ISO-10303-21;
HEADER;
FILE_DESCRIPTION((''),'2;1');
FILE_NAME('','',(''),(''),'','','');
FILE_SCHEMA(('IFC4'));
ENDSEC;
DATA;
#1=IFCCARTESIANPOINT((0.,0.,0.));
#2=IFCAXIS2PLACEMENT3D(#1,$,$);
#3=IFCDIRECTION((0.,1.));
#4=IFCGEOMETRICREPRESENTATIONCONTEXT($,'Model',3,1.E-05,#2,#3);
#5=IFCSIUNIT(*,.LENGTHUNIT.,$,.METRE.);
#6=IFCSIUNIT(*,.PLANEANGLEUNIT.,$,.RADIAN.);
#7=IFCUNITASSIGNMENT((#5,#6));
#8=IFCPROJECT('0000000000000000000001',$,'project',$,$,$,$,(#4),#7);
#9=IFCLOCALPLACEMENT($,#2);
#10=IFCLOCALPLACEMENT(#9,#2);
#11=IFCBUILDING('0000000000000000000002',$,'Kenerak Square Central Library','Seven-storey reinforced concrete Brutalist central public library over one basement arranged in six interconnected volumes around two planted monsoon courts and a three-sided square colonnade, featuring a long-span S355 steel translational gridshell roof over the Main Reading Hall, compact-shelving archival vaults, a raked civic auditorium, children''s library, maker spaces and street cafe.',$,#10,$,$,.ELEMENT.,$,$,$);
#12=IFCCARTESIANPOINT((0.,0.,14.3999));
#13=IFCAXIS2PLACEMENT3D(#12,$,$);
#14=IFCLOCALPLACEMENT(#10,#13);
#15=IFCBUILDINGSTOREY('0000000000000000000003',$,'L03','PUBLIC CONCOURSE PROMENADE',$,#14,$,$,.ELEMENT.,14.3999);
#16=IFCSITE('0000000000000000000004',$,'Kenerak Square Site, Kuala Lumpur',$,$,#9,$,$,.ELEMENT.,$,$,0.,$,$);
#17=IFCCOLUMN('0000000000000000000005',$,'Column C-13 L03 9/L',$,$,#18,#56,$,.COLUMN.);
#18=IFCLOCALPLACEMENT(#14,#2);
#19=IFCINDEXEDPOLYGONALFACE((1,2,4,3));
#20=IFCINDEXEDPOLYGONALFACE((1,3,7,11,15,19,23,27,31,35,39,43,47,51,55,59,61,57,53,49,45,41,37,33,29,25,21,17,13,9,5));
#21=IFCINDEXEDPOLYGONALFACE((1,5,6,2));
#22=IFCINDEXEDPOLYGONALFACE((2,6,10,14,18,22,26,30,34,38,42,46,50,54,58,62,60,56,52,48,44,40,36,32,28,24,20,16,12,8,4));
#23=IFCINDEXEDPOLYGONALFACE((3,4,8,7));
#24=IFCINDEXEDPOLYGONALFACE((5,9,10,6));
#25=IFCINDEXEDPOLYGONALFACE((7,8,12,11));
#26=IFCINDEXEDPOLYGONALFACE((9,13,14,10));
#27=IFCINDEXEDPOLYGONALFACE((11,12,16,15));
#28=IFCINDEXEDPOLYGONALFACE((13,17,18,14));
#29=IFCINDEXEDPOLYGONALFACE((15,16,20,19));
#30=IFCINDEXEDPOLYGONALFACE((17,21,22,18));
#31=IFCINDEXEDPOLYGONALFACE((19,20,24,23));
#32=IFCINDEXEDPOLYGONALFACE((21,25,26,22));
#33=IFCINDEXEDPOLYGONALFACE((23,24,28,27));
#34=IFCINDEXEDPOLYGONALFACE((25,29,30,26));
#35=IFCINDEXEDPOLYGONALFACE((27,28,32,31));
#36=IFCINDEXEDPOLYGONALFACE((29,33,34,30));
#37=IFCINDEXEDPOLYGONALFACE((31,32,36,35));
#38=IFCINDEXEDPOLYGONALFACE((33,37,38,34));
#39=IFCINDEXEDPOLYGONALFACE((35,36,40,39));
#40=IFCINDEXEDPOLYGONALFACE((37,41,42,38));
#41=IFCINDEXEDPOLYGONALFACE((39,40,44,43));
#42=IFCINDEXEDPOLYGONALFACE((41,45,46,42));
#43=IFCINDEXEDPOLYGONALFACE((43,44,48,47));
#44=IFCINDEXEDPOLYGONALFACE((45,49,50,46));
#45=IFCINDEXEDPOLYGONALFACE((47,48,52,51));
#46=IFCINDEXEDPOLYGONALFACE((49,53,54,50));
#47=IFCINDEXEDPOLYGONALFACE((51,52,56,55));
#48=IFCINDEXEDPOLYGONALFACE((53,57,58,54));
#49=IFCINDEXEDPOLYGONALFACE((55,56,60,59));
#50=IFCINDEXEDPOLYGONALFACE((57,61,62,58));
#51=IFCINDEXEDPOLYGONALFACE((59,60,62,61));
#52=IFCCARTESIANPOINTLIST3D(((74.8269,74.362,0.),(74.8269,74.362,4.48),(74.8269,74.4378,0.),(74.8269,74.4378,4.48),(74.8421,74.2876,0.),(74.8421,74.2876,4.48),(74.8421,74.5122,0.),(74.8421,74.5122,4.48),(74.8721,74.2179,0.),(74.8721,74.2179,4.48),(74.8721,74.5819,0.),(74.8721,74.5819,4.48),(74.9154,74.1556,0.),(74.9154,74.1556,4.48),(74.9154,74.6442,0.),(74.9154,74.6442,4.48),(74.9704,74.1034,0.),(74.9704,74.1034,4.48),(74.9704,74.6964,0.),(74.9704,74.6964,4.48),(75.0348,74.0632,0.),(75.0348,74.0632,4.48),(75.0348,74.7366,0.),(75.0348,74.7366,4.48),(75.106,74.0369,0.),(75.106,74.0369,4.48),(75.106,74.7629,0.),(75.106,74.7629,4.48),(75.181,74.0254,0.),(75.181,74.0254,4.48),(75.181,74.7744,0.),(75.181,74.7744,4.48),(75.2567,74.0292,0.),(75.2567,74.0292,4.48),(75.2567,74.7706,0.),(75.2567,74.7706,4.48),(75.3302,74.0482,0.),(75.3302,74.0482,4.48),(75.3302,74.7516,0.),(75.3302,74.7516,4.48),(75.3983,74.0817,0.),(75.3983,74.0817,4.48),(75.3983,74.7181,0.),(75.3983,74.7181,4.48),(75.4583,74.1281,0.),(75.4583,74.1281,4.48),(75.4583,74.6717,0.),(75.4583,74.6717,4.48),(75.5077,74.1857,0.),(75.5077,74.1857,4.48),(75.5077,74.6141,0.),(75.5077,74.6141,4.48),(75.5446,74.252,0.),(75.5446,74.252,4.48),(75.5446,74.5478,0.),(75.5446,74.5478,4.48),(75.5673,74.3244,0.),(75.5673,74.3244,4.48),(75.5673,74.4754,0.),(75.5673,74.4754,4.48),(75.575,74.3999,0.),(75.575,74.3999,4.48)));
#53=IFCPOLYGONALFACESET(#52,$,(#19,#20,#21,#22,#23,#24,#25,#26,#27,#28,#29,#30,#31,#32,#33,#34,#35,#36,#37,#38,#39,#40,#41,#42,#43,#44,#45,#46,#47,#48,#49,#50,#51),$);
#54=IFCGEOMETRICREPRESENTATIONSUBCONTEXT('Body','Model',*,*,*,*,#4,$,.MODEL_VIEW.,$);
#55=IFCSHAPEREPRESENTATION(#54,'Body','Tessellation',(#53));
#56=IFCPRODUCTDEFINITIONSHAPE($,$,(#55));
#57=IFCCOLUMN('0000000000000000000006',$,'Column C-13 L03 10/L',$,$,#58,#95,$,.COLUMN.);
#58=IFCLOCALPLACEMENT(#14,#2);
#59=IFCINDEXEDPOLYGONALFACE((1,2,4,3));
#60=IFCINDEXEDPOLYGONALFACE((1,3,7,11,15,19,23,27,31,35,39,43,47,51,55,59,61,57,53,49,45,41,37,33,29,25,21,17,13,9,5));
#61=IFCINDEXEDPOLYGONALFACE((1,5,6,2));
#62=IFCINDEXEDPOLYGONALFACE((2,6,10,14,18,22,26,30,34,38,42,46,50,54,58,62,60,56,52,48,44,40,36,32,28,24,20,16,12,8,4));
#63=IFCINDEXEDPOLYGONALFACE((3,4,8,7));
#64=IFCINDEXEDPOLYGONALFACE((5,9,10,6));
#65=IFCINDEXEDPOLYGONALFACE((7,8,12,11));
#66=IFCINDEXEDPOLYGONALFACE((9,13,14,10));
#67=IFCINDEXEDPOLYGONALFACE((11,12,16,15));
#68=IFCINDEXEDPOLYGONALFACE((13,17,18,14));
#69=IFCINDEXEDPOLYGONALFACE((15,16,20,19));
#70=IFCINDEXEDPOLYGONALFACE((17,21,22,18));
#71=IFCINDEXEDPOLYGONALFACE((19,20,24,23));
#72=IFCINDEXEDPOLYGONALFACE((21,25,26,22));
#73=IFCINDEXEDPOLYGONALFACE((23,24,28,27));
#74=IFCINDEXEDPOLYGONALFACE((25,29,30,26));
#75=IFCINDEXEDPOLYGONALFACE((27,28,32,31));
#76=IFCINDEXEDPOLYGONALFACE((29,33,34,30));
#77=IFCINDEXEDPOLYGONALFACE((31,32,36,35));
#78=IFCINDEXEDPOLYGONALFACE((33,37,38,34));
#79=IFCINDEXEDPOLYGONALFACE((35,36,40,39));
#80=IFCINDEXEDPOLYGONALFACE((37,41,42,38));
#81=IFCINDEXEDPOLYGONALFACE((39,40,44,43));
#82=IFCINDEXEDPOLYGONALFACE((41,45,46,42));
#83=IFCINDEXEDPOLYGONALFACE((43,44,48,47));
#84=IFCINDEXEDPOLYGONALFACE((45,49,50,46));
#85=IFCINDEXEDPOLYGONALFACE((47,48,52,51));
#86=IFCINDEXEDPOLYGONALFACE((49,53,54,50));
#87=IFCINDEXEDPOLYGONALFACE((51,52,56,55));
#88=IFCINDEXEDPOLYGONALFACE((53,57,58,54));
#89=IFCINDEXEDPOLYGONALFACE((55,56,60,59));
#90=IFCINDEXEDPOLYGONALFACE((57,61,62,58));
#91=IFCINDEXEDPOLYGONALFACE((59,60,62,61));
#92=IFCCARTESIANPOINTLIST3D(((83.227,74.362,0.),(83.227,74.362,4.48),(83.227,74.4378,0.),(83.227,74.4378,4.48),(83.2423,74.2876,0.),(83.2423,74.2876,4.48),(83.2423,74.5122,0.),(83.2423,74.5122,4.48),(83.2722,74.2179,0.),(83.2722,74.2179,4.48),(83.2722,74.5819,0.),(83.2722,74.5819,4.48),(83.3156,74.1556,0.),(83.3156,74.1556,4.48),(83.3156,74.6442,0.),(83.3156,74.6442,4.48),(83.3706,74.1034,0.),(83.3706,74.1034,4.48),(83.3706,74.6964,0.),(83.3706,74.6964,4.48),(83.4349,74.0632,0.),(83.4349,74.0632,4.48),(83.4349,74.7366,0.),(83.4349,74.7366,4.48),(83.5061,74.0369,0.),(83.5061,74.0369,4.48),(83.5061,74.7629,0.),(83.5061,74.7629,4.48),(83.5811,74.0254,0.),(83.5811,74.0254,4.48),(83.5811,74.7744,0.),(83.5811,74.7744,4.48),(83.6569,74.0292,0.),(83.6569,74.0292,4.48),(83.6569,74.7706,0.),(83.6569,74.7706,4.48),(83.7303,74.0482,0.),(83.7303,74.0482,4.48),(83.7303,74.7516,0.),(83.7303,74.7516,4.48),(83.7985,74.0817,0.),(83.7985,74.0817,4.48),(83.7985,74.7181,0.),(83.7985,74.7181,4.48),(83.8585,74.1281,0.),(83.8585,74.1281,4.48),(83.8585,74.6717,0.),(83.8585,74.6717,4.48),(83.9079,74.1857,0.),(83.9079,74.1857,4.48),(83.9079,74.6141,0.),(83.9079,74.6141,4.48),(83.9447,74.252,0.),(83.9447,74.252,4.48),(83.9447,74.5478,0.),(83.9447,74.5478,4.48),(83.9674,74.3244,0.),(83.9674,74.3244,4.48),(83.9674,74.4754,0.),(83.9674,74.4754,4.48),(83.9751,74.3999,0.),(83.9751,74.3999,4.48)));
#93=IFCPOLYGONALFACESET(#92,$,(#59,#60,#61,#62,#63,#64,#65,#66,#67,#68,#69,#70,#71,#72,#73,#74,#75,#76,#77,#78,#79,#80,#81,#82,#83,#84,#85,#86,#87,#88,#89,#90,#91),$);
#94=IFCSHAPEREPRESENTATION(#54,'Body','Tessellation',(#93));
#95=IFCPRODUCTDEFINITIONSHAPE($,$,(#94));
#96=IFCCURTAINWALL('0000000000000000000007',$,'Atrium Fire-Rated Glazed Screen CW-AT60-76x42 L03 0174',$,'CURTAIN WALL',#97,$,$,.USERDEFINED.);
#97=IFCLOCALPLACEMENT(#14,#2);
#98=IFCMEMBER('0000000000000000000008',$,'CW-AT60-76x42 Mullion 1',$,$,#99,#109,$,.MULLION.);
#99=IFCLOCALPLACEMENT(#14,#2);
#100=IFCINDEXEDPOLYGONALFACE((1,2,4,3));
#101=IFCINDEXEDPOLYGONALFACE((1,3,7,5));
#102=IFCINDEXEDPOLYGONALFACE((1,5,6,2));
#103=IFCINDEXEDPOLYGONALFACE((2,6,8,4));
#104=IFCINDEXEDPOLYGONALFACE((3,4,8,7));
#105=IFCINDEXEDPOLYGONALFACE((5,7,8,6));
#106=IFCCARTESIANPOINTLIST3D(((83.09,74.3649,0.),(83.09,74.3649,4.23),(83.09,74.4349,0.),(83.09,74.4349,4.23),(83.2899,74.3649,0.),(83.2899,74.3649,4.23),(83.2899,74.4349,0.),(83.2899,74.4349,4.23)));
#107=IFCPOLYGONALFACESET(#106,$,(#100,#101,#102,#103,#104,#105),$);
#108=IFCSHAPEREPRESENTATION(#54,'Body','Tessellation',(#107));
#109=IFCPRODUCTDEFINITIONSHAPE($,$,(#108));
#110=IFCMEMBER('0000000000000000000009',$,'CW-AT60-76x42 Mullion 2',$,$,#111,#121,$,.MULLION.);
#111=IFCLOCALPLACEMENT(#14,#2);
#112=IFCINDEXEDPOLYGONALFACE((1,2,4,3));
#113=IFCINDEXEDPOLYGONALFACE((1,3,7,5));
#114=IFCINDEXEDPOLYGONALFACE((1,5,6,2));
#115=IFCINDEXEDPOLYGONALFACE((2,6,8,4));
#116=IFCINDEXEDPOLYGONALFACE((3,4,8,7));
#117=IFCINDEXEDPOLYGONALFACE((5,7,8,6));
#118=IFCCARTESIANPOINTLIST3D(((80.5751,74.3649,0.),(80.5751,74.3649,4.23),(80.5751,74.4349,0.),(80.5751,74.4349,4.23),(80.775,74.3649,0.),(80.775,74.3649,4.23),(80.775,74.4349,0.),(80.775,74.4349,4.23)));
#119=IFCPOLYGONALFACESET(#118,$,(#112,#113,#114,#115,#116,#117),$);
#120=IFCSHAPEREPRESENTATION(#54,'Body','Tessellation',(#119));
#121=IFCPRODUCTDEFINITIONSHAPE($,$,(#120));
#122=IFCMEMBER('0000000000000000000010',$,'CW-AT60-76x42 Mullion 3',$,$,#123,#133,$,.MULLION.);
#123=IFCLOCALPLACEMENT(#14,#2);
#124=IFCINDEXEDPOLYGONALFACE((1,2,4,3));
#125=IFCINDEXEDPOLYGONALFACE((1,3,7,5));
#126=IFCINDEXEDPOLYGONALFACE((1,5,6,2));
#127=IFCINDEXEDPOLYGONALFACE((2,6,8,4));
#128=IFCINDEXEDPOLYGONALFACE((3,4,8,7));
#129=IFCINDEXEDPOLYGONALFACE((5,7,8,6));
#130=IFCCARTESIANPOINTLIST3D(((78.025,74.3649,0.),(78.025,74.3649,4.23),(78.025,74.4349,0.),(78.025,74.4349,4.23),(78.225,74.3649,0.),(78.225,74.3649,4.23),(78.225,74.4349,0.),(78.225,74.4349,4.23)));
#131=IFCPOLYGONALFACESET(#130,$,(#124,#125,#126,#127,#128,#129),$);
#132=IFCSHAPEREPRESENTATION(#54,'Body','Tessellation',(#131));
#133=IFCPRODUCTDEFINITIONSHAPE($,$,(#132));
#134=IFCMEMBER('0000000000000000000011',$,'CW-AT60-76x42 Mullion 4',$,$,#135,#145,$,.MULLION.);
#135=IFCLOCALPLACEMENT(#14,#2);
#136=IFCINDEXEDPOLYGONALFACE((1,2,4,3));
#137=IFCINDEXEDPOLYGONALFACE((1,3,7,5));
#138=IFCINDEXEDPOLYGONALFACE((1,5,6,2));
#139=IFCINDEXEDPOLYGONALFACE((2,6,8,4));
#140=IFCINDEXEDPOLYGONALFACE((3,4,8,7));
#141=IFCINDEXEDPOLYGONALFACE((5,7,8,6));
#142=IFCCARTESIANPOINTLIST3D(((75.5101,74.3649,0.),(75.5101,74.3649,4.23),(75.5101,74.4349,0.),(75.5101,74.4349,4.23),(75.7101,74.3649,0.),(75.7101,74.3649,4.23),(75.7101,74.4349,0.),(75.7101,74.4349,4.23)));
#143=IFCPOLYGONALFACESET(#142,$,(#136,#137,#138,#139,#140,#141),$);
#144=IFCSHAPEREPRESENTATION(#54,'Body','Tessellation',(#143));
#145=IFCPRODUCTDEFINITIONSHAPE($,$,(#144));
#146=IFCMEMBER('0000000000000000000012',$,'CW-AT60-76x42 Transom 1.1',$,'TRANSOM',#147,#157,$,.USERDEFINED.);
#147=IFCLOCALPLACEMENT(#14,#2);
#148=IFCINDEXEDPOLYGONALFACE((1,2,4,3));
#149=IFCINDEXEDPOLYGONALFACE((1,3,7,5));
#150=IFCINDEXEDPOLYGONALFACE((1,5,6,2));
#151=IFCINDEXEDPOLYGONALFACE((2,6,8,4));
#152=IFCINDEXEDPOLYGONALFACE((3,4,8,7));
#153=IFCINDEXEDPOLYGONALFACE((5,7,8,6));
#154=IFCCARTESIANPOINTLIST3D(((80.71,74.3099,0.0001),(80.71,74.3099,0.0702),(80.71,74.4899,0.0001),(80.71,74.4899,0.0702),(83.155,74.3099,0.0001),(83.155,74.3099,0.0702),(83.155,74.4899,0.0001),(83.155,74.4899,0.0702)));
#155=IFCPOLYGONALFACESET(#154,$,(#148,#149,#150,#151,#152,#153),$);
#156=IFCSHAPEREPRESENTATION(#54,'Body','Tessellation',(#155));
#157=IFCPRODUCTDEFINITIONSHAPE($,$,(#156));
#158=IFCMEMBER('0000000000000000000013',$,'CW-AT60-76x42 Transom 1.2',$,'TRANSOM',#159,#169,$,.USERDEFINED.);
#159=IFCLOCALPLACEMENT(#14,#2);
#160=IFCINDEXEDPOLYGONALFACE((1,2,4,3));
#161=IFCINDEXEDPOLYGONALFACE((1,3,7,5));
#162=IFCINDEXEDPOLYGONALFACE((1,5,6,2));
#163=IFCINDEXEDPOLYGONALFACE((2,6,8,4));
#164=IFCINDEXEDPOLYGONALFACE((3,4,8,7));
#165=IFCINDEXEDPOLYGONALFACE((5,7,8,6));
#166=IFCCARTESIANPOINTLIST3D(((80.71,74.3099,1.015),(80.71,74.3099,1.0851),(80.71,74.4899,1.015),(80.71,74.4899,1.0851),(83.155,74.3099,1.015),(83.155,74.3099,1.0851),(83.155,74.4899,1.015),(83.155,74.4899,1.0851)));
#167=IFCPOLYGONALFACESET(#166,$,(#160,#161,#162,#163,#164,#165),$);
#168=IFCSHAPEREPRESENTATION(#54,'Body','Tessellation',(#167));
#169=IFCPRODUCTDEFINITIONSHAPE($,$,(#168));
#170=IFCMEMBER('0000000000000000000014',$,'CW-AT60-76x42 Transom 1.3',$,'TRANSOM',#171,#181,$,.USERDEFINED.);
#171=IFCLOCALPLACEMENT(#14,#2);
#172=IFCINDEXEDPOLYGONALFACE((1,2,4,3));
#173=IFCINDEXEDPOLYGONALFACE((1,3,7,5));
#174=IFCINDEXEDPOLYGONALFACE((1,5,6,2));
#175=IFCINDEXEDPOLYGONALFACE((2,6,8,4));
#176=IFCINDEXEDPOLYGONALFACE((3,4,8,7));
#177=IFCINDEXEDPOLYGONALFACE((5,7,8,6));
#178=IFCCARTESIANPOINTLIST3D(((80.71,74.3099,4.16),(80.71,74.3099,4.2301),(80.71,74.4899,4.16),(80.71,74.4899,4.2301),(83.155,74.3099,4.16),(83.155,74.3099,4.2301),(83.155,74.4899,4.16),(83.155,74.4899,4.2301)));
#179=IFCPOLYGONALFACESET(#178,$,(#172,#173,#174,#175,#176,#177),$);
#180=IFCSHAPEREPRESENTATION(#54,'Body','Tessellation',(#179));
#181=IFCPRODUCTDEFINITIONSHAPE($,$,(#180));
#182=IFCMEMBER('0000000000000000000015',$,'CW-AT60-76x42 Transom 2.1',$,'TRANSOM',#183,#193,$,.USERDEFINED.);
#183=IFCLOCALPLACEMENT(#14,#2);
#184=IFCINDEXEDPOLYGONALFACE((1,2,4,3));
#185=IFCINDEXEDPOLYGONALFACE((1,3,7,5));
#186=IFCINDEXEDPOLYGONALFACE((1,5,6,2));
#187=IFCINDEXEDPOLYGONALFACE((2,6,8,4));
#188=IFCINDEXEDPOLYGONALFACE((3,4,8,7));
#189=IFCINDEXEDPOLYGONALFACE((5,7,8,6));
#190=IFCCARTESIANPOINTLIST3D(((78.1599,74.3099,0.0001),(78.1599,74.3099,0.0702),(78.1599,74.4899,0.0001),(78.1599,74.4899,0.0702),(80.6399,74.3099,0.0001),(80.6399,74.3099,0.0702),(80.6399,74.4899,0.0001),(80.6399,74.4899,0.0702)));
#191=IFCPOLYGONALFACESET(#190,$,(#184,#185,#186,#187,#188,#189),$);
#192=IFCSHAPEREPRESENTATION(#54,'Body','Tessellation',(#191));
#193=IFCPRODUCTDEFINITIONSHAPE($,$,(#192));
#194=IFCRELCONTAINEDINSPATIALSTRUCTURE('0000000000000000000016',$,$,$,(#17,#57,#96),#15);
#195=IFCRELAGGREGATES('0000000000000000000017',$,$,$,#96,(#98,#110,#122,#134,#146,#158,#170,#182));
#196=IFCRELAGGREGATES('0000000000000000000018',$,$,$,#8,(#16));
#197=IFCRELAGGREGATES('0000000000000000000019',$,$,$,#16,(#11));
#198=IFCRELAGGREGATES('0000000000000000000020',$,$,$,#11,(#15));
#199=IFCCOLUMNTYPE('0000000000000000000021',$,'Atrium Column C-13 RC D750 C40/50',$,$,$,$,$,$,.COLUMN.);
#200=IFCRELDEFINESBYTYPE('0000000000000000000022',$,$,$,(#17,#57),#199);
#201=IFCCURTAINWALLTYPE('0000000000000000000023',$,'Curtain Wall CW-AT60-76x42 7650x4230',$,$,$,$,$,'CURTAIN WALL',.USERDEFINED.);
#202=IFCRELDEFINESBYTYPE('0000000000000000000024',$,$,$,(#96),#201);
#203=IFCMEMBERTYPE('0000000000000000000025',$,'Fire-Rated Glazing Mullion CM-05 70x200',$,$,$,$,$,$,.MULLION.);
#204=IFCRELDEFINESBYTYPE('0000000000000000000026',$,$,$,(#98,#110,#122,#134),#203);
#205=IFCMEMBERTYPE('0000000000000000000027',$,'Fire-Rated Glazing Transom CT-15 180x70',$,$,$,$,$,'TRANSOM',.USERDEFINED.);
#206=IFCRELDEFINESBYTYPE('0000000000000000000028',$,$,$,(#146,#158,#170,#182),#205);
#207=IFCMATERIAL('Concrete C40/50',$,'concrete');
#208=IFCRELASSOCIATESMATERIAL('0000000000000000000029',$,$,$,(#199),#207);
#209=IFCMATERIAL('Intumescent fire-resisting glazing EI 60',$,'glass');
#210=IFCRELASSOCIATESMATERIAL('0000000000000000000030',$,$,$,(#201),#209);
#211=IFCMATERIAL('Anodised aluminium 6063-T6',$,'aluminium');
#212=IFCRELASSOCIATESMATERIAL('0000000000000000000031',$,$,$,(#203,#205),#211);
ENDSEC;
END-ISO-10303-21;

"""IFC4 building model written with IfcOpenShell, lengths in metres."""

from ifc_helpers import new_model, si_unit, direction, frame, origin, origin_2d, place, context, subcontext, project, spatial, rectangle, circle, extrude, material, material_profile, profile_set, type_object, element, aggregate, save


model = new_model("IFC4")

# Units and contexts
model_context = context("Model", 3, precision=1e-05, world=origin(), true_north=direction((0.0, 1.0)))
body_context = subcontext(model_context, "Body", "Model", "MODEL_VIEW")
ifc_project = project(units=[si_unit("LENGTHUNIT", "METRE"), si_unit("PLANEANGLEUNIT", "RADIAN")], contexts=[model_context])

# Site, building, storey
site_placement = place(None, origin())
site = spatial("IfcSite", under=ifc_project, at=site_placement, Name="Kenerak Square Site, Kuala Lumpur", CompositionType="ELEMENT", RefElevation=0.0)
building_placement = place(site_placement, origin())
building = spatial("IfcBuilding", under=site, at=building_placement, Name="Kenerak Square Central Library", Description="Seven-storey reinforced concrete Brutalist central public library over one basement arranged in six interconnected volumes around two planted monsoon courts and a three-sided square colonnade, featuring a long-span S355 steel translational gridshell roof over the Main Reading Hall, compact-shelving archival vaults, a raked civic auditorium, children's library, maker spaces and street cafe.", CompositionType="ELEMENT")
storey_placement = place(building_placement, frame((0.0, 0.0, 14.3999)))
storey = spatial("IfcBuildingStorey", under=building, at=storey_placement, Name="L03", Description="PUBLIC CONCOURSE PROMENADE", CompositionType="ELEMENT", Elevation=14.3999)

# Columns
ifc_material_1 = material(Name="Concrete C40/50", Category="concrete")
ifc_material_profile_1 = material_profile(ifc_material_1, circle(Radius=0.375, at=origin_2d()), Name="RC D750")
ifc_profile_set_1 = profile_set([ifc_material_profile_1], Name="Concrete C40/50")
column_type = type_object("IfcColumnType", Name="Atrium Column C-13 RC D750 C40/50", PredefinedType="COLUMN", material=ifc_profile_set_1)
for number, where, z_axis, x_axis, name in (
    (1, (75.2, 74.3999, 0.0), (0.0, 0.0, 1.0), (1.0, 0.0, 0.0), "Column C-13 L03 9/L"),
    (2, (83.6001, 74.3999, 0.0), (0.0, 0.0, 1.0), (1.0, 0.0, 0.0), "Column C-13 L03 10/L"),
):
    element("IfcColumn", number, at=place(storey_placement, frame(where, z_axis=z_axis, x_axis=x_axis)), inside=storey, type_object=column_type, Name=name, PredefinedType="COLUMN", context=body_context, shape_type="SweptSolid", body=[
        extrude(circle(Radius=0.375, at=origin_2d()), origin(), (0.0, 0.0, 1.0), 4.48),
    ])

# Curtain wall, members
ifc_material_2 = material(Name="Intumescent fire-resisting glazing EI 60", Category="glass")
curtain_wall_type = type_object("IfcCurtainWallType", Name="Curtain Wall CW-AT60-76x42 7650x4230", ElementType="CURTAIN WALL", PredefinedType="USERDEFINED", material=ifc_material_2)
curtain_wall_placement = place(storey_placement, origin())
curtain_wall = element("IfcCurtainWall", 3, at=curtain_wall_placement, inside=storey, type_object=curtain_wall_type, Name="Atrium Fire-Rated Glazed Screen CW-AT60-76x42 L03 0174", ObjectType="CURTAIN WALL", PredefinedType="USERDEFINED")
ifc_material_3 = material(Name="Anodised aluminium 6063-T6", Category="aluminium")
ifc_material_profile_2 = material_profile(ifc_material_3, rectangle(XDim=0.0701, YDim=0.2, at=origin_2d()), Name="AL MULLION 70x200")
ifc_profile_set_2 = profile_set([ifc_material_profile_2], Name="Anodised aluminium 6063-T6")
member_type_1 = type_object("IfcMemberType", Name="Fire-Rated Glazing Mullion CM-05 70x200", PredefinedType="MULLION", material=ifc_profile_set_2)
member_1_placement = place(storey_placement, frame((83.1899, 74.3999, 0.0), z_axis=(0.0, 0.0, 1.0), x_axis=(0.0, -1.0, 0.0)))
member_1 = element("IfcMember", 4, at=member_1_placement, type_object=member_type_1, Name="CW-AT60-76x42 Mullion 1", PredefinedType="MULLION", context=body_context, shape_type="SweptSolid", body=[
    extrude(rectangle(XDim=0.0701, YDim=0.2, at=origin_2d()), origin(), (0.0, 0.0, 1.0), 4.23),
])
member_2_placement = place(storey_placement, frame((80.675, 74.3999, 0.0), z_axis=(0.0, 0.0, 1.0), x_axis=(0.0, -1.0, 0.0)))
member_2 = element("IfcMember", 5, at=member_2_placement, type_object=member_type_1, Name="CW-AT60-76x42 Mullion 2", PredefinedType="MULLION", context=body_context, shape_type="SweptSolid", body=[
    extrude(rectangle(XDim=0.0701, YDim=0.2, at=origin_2d()), origin(), (0.0, 0.0, 1.0), 4.23),
])
member_3_placement = place(storey_placement, frame((78.125, 74.3999, 0.0), z_axis=(0.0, 0.0, 1.0), x_axis=(0.0, -1.0, 0.0)))
member_3 = element("IfcMember", 6, at=member_3_placement, type_object=member_type_1, Name="CW-AT60-76x42 Mullion 3", PredefinedType="MULLION", context=body_context, shape_type="SweptSolid", body=[
    extrude(rectangle(XDim=0.0701, YDim=0.2, at=origin_2d()), origin(), (0.0, 0.0, 1.0), 4.23),
])
member_4_placement = place(storey_placement, frame((75.6101, 74.3999, 0.0), z_axis=(0.0, 0.0, 1.0), x_axis=(0.0, -1.0, 0.0)))
member_4 = element("IfcMember", 7, at=member_4_placement, type_object=member_type_1, Name="CW-AT60-76x42 Mullion 4", PredefinedType="MULLION", context=body_context, shape_type="SweptSolid", body=[
    extrude(rectangle(XDim=0.0701, YDim=0.2, at=origin_2d()), origin(), (0.0, 0.0, 1.0), 4.23),
])
ifc_material_profile_3 = material_profile(ifc_material_3, rectangle(XDim=0.1799, YDim=0.0701, at=origin_2d()), Name="AL TRANSOM 180x70")
ifc_profile_set_3 = profile_set([ifc_material_profile_3], Name="Anodised aluminium 6063-T6")
member_type_2 = type_object("IfcMemberType", Name="Fire-Rated Glazing Transom CT-15 180x70", ElementType="TRANSOM", PredefinedType="USERDEFINED", material=ifc_profile_set_3)
member_5_placement = place(storey_placement, frame((83.155, 74.3999, 0.0352), z_axis=(-1.0, 0.0, 0.0), x_axis=(0.0, -1.0, 0.0)))
member_5 = element("IfcMember", 8, at=member_5_placement, type_object=member_type_2, Name="CW-AT60-76x42 Transom 1.1", ObjectType="TRANSOM", PredefinedType="USERDEFINED", context=body_context, shape_type="SweptSolid", body=[
    extrude(rectangle(XDim=0.1799, YDim=0.0701, at=origin_2d()), origin(), (0.0, 0.0, 1.0), 2.4451),
])
member_6_placement = place(storey_placement, frame((83.155, 74.3999, 1.05), z_axis=(-1.0, 0.0, 0.0), x_axis=(0.0, -1.0, 0.0)))
member_6 = element("IfcMember", 9, at=member_6_placement, type_object=member_type_2, Name="CW-AT60-76x42 Transom 1.2", ObjectType="TRANSOM", PredefinedType="USERDEFINED", context=body_context, shape_type="SweptSolid", body=[
    extrude(rectangle(XDim=0.1799, YDim=0.0701, at=origin_2d()), origin(), (0.0, 0.0, 1.0), 2.4451),
])
member_7_placement = place(storey_placement, frame((83.155, 74.3999, 4.1951), z_axis=(-1.0, 0.0, 0.0), x_axis=(0.0, -1.0, 0.0)))
member_7 = element("IfcMember", 10, at=member_7_placement, type_object=member_type_2, Name="CW-AT60-76x42 Transom 1.3", ObjectType="TRANSOM", PredefinedType="USERDEFINED", context=body_context, shape_type="SweptSolid", body=[
    extrude(rectangle(XDim=0.1799, YDim=0.0701, at=origin_2d()), origin(), (0.0, 0.0, 1.0), 2.4451),
])
member_8_placement = place(storey_placement, frame((80.6399, 74.3999, 0.0352), z_axis=(-1.0, 0.0, 0.0), x_axis=(0.0, -1.0, 0.0)))
member_8 = element("IfcMember", 11, at=member_8_placement, type_object=member_type_2, Name="CW-AT60-76x42 Transom 2.1", ObjectType="TRANSOM", PredefinedType="USERDEFINED", context=body_context, shape_type="SweptSolid", body=[
    extrude(rectangle(XDim=0.1799, YDim=0.0701, at=origin_2d()), origin(), (0.0, 0.0, 1.0), 2.48),
])

aggregate(curtain_wall, [member_1, member_2, member_3, member_4, member_5, member_6, member_7, member_8])

save(model, "model.ifc")
